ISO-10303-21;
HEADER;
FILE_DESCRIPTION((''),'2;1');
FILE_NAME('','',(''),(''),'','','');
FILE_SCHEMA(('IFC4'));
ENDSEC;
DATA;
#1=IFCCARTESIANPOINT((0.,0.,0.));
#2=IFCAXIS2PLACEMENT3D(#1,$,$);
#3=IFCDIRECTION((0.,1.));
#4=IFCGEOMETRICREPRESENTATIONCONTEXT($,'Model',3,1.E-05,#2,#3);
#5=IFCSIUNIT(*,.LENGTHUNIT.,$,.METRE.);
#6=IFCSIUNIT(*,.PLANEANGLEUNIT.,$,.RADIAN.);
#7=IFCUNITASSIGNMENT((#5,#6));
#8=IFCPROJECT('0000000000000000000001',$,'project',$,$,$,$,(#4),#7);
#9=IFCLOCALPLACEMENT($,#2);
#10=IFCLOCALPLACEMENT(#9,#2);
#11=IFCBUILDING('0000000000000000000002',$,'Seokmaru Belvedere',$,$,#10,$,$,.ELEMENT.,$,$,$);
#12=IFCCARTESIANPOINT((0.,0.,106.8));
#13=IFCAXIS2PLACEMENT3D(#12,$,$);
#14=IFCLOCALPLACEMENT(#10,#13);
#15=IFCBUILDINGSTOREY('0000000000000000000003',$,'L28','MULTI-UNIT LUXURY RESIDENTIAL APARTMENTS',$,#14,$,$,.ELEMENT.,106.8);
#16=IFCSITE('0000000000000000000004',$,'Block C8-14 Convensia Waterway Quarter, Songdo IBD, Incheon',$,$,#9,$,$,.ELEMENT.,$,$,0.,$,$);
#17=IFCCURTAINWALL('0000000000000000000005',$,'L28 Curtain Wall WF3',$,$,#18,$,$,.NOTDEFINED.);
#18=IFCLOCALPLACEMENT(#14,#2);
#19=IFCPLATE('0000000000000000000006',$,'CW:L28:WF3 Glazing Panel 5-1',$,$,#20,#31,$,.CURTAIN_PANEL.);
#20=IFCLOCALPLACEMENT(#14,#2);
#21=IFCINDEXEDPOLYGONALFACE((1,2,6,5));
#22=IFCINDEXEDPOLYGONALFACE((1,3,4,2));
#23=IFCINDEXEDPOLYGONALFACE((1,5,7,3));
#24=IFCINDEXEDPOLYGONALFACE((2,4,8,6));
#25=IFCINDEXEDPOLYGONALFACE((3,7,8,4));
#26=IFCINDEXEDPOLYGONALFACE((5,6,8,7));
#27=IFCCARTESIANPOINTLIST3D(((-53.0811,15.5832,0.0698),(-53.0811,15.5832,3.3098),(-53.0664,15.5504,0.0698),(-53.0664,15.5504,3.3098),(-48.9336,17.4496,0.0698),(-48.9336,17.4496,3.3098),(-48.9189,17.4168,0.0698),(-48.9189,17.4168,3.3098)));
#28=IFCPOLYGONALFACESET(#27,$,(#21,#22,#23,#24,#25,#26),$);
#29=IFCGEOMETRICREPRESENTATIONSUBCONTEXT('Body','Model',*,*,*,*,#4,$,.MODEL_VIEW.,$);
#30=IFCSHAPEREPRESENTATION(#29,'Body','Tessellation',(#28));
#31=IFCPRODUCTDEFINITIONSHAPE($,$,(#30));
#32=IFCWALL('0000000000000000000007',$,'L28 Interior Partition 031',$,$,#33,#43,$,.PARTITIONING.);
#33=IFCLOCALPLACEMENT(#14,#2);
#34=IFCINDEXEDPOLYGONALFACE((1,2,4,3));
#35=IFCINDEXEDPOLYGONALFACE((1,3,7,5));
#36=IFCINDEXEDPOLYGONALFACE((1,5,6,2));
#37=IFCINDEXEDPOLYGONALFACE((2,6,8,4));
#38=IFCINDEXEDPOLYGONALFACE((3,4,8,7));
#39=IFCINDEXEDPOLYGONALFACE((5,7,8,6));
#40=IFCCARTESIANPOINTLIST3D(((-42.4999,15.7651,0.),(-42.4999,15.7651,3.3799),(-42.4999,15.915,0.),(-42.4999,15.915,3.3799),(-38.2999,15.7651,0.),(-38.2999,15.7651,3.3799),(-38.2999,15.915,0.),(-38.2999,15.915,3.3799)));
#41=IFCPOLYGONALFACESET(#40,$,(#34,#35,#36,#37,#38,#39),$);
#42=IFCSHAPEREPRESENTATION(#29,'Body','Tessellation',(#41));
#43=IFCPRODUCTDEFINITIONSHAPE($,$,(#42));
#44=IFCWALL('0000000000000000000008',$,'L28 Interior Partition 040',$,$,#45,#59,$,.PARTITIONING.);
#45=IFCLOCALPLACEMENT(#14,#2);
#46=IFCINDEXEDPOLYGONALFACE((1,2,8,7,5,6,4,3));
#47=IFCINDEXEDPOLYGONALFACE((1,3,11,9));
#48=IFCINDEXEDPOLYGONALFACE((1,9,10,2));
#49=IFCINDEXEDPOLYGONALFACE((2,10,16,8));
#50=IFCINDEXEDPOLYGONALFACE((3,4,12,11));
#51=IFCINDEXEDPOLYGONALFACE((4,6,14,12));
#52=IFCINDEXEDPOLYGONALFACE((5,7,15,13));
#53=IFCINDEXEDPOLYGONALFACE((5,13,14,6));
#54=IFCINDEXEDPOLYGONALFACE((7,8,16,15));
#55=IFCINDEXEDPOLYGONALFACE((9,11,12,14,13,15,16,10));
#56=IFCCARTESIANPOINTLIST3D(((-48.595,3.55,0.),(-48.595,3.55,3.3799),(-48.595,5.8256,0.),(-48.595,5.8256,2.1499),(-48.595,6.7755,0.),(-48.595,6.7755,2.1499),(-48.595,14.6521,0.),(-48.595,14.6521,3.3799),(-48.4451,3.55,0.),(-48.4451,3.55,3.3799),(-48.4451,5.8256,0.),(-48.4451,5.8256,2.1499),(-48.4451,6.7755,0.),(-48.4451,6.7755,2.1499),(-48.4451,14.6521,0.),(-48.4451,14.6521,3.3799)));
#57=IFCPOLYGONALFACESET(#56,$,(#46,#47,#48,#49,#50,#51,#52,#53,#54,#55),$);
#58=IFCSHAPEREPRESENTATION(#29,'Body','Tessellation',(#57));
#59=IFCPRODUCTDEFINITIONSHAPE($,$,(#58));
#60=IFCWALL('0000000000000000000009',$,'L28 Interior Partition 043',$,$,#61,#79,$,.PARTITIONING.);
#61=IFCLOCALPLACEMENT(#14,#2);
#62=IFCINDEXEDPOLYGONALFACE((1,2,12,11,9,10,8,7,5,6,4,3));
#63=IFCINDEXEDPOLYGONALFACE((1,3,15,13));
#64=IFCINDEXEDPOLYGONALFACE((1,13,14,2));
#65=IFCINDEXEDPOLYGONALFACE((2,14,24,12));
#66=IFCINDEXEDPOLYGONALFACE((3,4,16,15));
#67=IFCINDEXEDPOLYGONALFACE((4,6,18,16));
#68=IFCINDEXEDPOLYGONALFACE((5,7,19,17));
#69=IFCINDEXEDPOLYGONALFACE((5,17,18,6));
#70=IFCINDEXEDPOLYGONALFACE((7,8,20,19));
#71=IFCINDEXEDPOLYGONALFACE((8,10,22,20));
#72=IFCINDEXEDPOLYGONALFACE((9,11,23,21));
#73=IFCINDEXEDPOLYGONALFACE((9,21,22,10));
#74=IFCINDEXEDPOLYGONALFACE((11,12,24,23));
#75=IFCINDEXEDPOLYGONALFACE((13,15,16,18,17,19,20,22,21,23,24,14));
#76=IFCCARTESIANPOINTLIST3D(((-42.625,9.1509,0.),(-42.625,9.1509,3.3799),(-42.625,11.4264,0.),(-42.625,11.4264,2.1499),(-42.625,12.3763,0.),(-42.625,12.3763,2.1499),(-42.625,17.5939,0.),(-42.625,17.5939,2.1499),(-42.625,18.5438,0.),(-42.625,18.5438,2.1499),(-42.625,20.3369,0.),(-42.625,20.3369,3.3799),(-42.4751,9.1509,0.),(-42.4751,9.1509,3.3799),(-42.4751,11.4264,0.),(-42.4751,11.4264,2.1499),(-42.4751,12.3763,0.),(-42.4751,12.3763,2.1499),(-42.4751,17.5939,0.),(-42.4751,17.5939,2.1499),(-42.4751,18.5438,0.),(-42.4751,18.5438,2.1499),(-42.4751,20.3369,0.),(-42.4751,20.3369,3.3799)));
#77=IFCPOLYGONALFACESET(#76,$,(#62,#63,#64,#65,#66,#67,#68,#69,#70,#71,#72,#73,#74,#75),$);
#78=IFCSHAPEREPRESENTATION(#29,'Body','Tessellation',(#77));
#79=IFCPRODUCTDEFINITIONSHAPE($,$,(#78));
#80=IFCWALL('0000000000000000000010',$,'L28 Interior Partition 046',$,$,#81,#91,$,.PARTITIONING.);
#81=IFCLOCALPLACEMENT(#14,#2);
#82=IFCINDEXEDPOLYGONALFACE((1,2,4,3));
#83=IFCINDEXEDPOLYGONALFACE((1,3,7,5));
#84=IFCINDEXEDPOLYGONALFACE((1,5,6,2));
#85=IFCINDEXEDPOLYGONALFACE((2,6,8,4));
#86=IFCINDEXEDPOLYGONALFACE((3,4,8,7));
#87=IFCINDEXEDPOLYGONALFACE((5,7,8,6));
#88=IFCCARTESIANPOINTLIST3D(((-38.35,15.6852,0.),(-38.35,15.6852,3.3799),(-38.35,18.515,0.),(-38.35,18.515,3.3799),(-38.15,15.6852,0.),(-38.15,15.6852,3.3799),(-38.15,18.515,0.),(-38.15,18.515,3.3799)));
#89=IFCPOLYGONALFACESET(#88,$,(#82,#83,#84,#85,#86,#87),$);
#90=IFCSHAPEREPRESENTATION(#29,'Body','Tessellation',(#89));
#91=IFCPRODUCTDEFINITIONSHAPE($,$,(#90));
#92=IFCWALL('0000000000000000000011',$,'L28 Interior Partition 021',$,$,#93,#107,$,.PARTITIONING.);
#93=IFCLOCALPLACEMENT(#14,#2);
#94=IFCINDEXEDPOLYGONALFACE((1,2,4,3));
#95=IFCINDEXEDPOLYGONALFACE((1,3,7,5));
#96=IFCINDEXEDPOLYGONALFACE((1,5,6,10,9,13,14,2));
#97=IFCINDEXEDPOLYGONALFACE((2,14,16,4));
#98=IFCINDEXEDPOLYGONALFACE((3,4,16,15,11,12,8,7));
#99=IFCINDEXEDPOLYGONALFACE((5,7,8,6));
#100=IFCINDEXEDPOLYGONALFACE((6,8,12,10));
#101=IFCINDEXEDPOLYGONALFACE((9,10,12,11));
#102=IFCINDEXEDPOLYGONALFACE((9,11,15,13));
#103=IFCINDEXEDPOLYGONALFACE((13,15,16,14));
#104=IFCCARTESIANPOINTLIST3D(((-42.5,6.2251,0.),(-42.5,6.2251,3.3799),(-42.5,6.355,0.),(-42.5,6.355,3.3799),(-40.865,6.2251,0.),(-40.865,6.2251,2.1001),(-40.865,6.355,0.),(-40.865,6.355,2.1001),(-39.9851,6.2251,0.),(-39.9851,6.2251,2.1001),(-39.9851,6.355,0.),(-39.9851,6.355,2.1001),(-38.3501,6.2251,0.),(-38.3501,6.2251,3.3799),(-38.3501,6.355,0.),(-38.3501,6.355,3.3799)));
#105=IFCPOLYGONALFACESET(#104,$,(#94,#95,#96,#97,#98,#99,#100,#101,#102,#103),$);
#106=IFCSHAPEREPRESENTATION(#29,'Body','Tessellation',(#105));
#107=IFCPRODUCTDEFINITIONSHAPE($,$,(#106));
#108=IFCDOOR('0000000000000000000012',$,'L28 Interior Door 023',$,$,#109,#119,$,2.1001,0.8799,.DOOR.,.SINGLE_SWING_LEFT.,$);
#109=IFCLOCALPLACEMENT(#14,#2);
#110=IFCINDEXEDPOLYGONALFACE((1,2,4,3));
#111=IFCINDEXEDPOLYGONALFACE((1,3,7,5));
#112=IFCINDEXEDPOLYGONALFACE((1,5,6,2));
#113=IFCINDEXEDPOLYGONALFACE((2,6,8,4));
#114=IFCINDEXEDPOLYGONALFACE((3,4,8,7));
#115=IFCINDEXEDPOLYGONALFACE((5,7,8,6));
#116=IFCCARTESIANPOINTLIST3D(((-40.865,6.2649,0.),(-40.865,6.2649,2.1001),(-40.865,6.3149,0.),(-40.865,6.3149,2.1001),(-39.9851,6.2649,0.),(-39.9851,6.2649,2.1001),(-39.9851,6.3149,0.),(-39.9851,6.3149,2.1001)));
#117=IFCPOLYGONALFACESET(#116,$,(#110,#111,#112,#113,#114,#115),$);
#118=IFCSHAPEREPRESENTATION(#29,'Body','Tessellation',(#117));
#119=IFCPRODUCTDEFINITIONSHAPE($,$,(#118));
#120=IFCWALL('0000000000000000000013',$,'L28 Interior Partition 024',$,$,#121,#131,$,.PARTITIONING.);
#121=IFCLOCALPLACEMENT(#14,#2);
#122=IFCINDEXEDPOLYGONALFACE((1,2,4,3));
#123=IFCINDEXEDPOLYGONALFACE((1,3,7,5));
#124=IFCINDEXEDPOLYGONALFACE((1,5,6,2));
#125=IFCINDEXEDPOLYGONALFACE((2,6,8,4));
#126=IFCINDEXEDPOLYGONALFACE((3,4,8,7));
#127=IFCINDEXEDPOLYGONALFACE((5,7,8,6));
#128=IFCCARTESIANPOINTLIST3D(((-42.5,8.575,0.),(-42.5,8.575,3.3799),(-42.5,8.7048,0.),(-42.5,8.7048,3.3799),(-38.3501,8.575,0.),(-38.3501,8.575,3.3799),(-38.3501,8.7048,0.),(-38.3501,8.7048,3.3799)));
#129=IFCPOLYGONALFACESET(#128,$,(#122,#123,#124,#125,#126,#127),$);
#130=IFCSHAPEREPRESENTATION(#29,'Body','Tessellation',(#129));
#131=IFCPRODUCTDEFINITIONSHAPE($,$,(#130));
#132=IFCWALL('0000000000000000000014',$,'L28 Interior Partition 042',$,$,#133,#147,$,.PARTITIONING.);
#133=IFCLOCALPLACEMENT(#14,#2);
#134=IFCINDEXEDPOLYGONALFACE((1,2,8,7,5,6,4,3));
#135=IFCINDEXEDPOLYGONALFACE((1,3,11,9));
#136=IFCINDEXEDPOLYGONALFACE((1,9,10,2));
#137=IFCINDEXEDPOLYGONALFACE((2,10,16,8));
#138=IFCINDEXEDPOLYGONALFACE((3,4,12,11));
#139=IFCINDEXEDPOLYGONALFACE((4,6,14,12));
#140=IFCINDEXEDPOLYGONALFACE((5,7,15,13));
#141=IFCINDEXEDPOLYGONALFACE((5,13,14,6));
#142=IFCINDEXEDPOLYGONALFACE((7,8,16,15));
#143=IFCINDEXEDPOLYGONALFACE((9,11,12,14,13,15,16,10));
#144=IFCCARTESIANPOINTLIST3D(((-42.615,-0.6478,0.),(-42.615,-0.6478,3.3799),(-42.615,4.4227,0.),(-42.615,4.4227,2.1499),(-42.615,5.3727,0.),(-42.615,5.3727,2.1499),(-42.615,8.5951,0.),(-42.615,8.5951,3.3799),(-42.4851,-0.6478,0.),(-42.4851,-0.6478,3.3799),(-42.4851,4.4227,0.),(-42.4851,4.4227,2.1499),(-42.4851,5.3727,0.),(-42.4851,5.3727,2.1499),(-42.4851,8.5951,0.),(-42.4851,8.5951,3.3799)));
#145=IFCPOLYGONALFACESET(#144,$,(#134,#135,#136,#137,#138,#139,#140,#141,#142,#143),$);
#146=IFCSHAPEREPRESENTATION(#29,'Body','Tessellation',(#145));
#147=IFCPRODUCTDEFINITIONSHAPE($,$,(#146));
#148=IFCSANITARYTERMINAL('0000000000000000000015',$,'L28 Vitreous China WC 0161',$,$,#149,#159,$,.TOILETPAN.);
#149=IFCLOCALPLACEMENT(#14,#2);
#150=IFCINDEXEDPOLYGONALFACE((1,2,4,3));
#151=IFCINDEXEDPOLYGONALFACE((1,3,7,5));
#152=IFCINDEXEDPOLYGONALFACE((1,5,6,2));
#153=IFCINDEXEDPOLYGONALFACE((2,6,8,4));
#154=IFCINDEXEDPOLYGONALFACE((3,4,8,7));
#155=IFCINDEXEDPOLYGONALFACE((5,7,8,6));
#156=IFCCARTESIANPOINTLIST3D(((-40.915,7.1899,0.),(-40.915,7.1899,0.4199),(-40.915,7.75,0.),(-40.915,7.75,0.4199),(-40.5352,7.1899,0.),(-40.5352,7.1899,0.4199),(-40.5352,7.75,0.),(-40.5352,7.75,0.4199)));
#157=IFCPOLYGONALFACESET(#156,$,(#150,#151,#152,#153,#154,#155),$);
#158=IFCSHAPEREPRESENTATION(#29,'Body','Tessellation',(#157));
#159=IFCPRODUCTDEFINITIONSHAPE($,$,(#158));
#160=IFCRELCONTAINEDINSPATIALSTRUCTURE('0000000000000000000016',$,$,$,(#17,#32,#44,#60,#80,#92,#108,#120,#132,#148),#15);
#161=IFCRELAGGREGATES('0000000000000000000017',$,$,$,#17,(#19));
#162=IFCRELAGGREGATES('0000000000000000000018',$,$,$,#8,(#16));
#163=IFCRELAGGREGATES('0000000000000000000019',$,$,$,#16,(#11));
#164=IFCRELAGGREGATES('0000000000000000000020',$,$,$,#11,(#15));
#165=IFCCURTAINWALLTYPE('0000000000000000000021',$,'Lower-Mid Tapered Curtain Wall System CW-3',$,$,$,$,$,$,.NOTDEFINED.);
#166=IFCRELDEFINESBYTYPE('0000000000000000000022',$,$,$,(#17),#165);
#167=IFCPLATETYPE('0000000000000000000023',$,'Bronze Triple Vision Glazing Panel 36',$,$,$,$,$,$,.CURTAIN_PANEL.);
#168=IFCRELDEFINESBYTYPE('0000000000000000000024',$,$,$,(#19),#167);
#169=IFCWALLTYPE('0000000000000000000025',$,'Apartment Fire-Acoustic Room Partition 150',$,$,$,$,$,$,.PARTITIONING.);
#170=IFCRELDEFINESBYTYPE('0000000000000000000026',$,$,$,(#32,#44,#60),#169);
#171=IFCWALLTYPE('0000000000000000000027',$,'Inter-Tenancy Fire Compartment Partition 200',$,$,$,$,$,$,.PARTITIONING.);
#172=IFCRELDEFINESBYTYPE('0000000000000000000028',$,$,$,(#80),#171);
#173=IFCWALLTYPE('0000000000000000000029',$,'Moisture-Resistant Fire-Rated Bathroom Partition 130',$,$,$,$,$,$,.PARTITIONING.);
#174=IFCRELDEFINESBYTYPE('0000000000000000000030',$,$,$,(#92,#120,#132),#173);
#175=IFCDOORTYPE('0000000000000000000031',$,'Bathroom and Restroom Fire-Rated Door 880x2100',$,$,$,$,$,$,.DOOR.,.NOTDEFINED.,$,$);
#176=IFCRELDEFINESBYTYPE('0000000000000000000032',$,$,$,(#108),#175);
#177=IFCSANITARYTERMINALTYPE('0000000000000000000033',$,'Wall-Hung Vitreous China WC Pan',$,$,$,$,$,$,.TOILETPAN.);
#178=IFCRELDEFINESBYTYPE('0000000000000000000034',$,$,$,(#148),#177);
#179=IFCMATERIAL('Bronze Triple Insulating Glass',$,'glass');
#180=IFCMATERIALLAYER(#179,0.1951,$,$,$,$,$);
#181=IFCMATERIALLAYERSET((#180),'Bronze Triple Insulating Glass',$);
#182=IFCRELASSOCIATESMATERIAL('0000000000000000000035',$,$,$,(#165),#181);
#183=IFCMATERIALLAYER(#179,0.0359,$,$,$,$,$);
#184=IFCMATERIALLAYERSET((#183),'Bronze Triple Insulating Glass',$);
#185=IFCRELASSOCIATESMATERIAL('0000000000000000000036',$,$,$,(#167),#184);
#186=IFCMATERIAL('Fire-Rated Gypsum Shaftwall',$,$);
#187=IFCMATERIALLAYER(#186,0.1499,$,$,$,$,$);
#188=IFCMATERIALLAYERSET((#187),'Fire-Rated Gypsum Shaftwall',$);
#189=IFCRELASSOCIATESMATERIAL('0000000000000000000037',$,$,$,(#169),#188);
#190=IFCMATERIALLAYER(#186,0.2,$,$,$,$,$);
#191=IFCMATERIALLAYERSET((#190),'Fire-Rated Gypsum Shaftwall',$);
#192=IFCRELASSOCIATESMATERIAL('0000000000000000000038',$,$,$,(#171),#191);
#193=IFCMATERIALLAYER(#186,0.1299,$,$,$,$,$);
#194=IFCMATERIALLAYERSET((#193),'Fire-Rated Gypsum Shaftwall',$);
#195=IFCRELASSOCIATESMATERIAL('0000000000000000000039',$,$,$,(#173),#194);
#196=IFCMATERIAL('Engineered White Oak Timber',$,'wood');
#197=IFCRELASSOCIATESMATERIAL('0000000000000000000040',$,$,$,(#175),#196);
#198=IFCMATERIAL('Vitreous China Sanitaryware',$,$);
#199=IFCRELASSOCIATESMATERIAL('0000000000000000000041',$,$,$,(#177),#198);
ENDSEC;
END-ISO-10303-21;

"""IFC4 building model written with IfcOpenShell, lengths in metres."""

from ifc_helpers import new_model, si_unit, direction, frame, frame_2d, origin, origin_2d, place, context, subcontext, project, spatial, rectangle, extrude, source, transform, mapped, material, layer, layer_set, type_object, type_shapes, element, fill, aggregate, save


model = new_model("IFC4")

# Units and contexts
model_context = context("Model", 3, precision=1e-05, world=origin(), true_north=direction((0.0, 1.0)))
body_context = subcontext(model_context, "Body", "Model", "MODEL_VIEW")
ifc_project = project(units=[si_unit("LENGTHUNIT", "METRE"), si_unit("PLANEANGLEUNIT", "RADIAN")], contexts=[model_context])

# Site, building, storey
site_placement = place(None, origin())
site = spatial("IfcSite", under=ifc_project, at=site_placement, Name="Block C8-14 Convensia Waterway Quarter, Songdo IBD, Incheon", CompositionType="ELEMENT", RefElevation=0.0)
building_placement = place(site_placement, origin())
building = spatial("IfcBuilding", under=site, at=building_placement, Name="Seokmaru Belvedere", CompositionType="ELEMENT")
storey_placement = place(building_placement, frame((0.0, 0.0, 106.8)))
storey = spatial("IfcBuildingStorey", under=building, at=storey_placement, Name="L28", Description="MULTI-UNIT LUXURY RESIDENTIAL APARTMENTS", CompositionType="ELEMENT", Elevation=106.8)

# Curtain wall, plate
ifc_material_1 = material(Name="Bronze Triple Insulating Glass", Category="glass")
ifc_layer_1 = layer(ifc_material_1, 0.1951)
ifc_layer_set_1 = layer_set([ifc_layer_1], Name="Bronze Triple Insulating Glass")
curtain_wall_type = type_object("IfcCurtainWallType", Name="Lower-Mid Tapered Curtain Wall System CW-3", PredefinedType="NOTDEFINED", material=ifc_layer_set_1)
curtain_wall_placement = place(storey_placement, origin())
curtain_wall = element("IfcCurtainWall", 1, at=curtain_wall_placement, inside=storey, type_object=curtain_wall_type, Name="L28 Curtain Wall WF3", PredefinedType="NOTDEFINED")
ifc_layer_2 = layer(ifc_material_1, 0.0359)
ifc_layer_set_2 = layer_set([ifc_layer_2], Name="Bronze Triple Insulating Glass")
plate_type = type_object("IfcPlateType", Name="Bronze Triple Vision Glazing Panel 36", PredefinedType="CURTAIN_PANEL", material=ifc_layer_set_2)
shared_shape_1 = source(origin(), body_context, "Body", "SweptSolid", [
    extrude(rectangle(XDim=4.5481, YDim=0.0359, at=origin_2d()), origin(), (0.0, 0.0, 1.0), 3.24),
])
type_shapes(plate_type, [shared_shape_1])
plate_1_placement = place(storey_placement, frame((-51.0, 16.5, 0.0698), z_axis=(0.0, 0.0, 1.0), x_axis=(-0.911921, -0.410366, 0.0)))
plate_1 = element("IfcPlate", 2, at=plate_1_placement, type_object=plate_type, Name="CW:L28:WF3 Glazing Panel 5-1", PredefinedType="CURTAIN_PANEL", context=body_context, shape_type="MappedRepresentation", body=[
    mapped(shared_shape_1, transform((0.0, 0.0, 0.0), scale=1.0)),
])
aggregate(curtain_wall, [plate_1])

# Shared definitions
ifc_material_2 = material(Name="Fire-Rated Gypsum Shaftwall")
ifc_layer_3 = layer(ifc_material_2, 0.1499)
ifc_layer_set_3 = layer_set([ifc_layer_3], Name="Fire-Rated Gypsum Shaftwall")
wall_type_1 = type_object("IfcWallType", Name="Apartment Fire-Acoustic Room Partition 150", PredefinedType="PARTITIONING", material=ifc_layer_set_3)
ifc_material_3 = material(Name="Engineered White Oak Timber", Category="wood")

# Wall
wall_1_placement = place(storey_placement, frame((-42.5, 15.8401, 0.0), z_axis=(0.0, 0.0, 1.0), x_axis=(1.0, 0.0, 0.0)))
element("IfcWall", 3, at=wall_1_placement, inside=storey, type_object=wall_type_1, Name="L28 Interior Partition 031", PredefinedType="PARTITIONING", context=body_context, shape_type="SweptSolid", body=[
    extrude(rectangle(XDim=4.2, YDim=0.1499, at=frame_2d((2.1001, 0.0))), origin(), (0.0, 0.0, 1.0), 3.3799),
])

# Wall, opening
wall_2_placement = place(storey_placement, frame((-48.52, 3.55, 0.0), z_axis=(0.0, 0.0, 1.0), x_axis=(0.0, 1.0, 0.0)))
wall_2 = element("IfcWall", 4, at=wall_2_placement, inside=storey, type_object=wall_type_1, Name="L28 Interior Partition 040", PredefinedType="PARTITIONING", context=body_context, shape_type="SweptSolid", body=[
    extrude(rectangle(XDim=11.1021, YDim=0.1499, at=frame_2d((5.551, 0.0))), origin(), (0.0, 0.0, 1.0), 3.3799),
])
opening_1_placement = place(wall_2_placement, frame((2.2754, 0.0, 0.0)))
element("IfcOpeningElement", 5, at=opening_1_placement, cuts=wall_2, PredefinedType="OPENING", context=body_context, shape_type="SweptSolid", body=[
    extrude(rectangle(XDim=0.95, YDim=2.1499, at=frame_2d((0.4751, 1.075))), frame((0.0, 0.085, 0.0), z_axis=(0.0, -1.0, 0.0), x_axis=(1.0, 0.0, 0.0)), (0.0, 0.0, 1.0), 0.1699),
])

# Wall, openings
wall_3_placement = place(storey_placement, frame((-42.55, 9.1509, 0.0), z_axis=(0.0, 0.0, 1.0), x_axis=(0.0, 1.0, 0.0)))
wall_3 = element("IfcWall", 6, at=wall_3_placement, inside=storey, type_object=wall_type_1, Name="L28 Interior Partition 043", PredefinedType="PARTITIONING", context=body_context, shape_type="SweptSolid", body=[
    extrude(rectangle(XDim=11.186, YDim=0.1499, at=frame_2d((5.593, 0.0))), origin(), (0.0, 0.0, 1.0), 3.3799),
])
opening_2_placement = place(wall_3_placement, frame((2.2754, 0.0, 0.0)))
element("IfcOpeningElement", 7, at=opening_2_placement, cuts=wall_3, PredefinedType="OPENING", context=body_context, shape_type="SweptSolid", body=[
    extrude(rectangle(XDim=0.95, YDim=2.1499, at=frame_2d((0.4751, 1.075))), frame((0.0, 0.085, 0.0), z_axis=(0.0, -1.0, 0.0), x_axis=(1.0, 0.0, 0.0)), (0.0, 0.0, 1.0), 0.1699),
])
opening_3_placement = place(wall_3_placement, frame((8.4429, 0.0, 0.0)))
element("IfcOpeningElement", 8, at=opening_3_placement, cuts=wall_3, PredefinedType="OPENING", context=body_context, shape_type="SweptSolid", body=[
    extrude(rectangle(XDim=0.95, YDim=2.1499, at=frame_2d((0.4751, 1.075))), frame((0.0, 0.085, 0.0), z_axis=(0.0, -1.0, 0.0), x_axis=(1.0, 0.0, 0.0)), (0.0, 0.0, 1.0), 0.1699),
])

# Wall
ifc_layer_4 = layer(ifc_material_2, 0.2)
ifc_layer_set_4 = layer_set([ifc_layer_4], Name="Fire-Rated Gypsum Shaftwall")
wall_type_2 = type_object("IfcWallType", Name="Inter-Tenancy Fire Compartment Partition 200", PredefinedType="PARTITIONING", material=ifc_layer_set_4)
wall_4_placement = place(storey_placement, frame((-38.25, 15.6851, 0.0), z_axis=(0.0, 0.0, 1.0), x_axis=(0.0, 1.0, 0.0)))
element("IfcWall", 9, at=wall_4_placement, inside=storey, type_object=wall_type_2, Name="L28 Interior Partition 046", PredefinedType="PARTITIONING", context=body_context, shape_type="SweptSolid", body=[
    extrude(rectangle(XDim=2.8298, YDim=0.2, at=frame_2d((1.415, 0.0))), origin(), (0.0, 0.0, 1.0), 3.3799),
])

# Wall, opening, door
ifc_layer_5 = layer(ifc_material_2, 0.1299)
ifc_layer_set_5 = layer_set([ifc_layer_5], Name="Fire-Rated Gypsum Shaftwall")
wall_type_3 = type_object("IfcWallType", Name="Moisture-Resistant Fire-Rated Bathroom Partition 130", PredefinedType="PARTITIONING", material=ifc_layer_set_5)
wall_5_placement = place(storey_placement, frame((-42.5, 6.29, 0.0), z_axis=(0.0, 0.0, 1.0), x_axis=(1.0, 0.0, 0.0)))
wall_5 = element("IfcWall", 10, at=wall_5_placement, inside=storey, type_object=wall_type_3, Name="L28 Interior Partition 021", PredefinedType="PARTITIONING", context=body_context, shape_type="SweptSolid", body=[
    extrude(rectangle(XDim=4.1499, YDim=0.1299, at=frame_2d((2.075, 0.0))), origin(), (0.0, 0.0, 1.0), 3.3799),
])
opening_4_placement = place(wall_5_placement, frame((1.635, 0.0, 0.0)))
opening_4 = element("IfcOpeningElement", 11, at=opening_4_placement, cuts=wall_5, PredefinedType="OPENING", context=body_context, shape_type="SweptSolid", body=[
    extrude(rectangle(XDim=0.8799, YDim=2.1001, at=frame_2d((0.4399, 1.05))), frame((0.0, 0.075, 0.0), z_axis=(0.0, -1.0, 0.0), x_axis=(1.0, 0.0, 0.0)), (0.0, 0.0, 1.0), 0.1499),
])
door_type_1 = type_object("IfcDoorType", Name="Bathroom and Restroom Fire-Rated Door 880x2100", OperationType="NOTDEFINED", PredefinedType="DOOR", material=ifc_material_3)
shared_shape_2 = source(origin(), body_context, "Body", "SweptSolid", [
    extrude(rectangle(XDim=0.8799, YDim=2.1001, at=frame_2d((0.4399, 1.05))), frame((0.0, 0.0249, 0.0), z_axis=(0.0, -1.0, 0.0), x_axis=(1.0, 0.0, 0.0)), (0.0, 0.0, 1.0), 0.05),
])
type_shapes(door_type_1, [shared_shape_2])
door_1_placement = place(opening_4_placement, origin())
door_1 = element("IfcDoor", 12, at=door_1_placement, inside=storey, type_object=door_type_1, Name="L28 Interior Door 023", OperationType="SINGLE_SWING_LEFT", OverallHeight=2.1001, OverallWidth=0.8799, PredefinedType="DOOR", context=body_context, shape_type="MappedRepresentation", body=[
    mapped(shared_shape_2, transform((0.0, 0.0, 0.0), scale=1.0)),
])
fill(opening_4, door_1)

# Wall
wall_6_placement = place(storey_placement, frame((-42.5, 8.6399, 0.0), z_axis=(0.0, 0.0, 1.0), x_axis=(1.0, 0.0, 0.0)))
element("IfcWall", 13, at=wall_6_placement, inside=storey, type_object=wall_type_3, Name="L28 Interior Partition 024", PredefinedType="PARTITIONING", context=body_context, shape_type="SweptSolid", body=[
    extrude(rectangle(XDim=4.1499, YDim=0.1299, at=frame_2d((2.075, 0.0))), origin(), (0.0, 0.0, 1.0), 3.3799),
])

# Wall, opening
wall_7_placement = place(storey_placement, frame((-42.55, -0.6479, 0.0), z_axis=(0.0, 0.0, 1.0), x_axis=(0.0, 1.0, 0.0)))
wall_7 = element("IfcWall", 14, at=wall_7_placement, inside=storey, type_object=wall_type_3, Name="L28 Interior Partition 042", PredefinedType="PARTITIONING", context=body_context, shape_type="SweptSolid", body=[
    extrude(rectangle(XDim=9.2429, YDim=0.1299, at=frame_2d((4.6216, 0.0))), origin(), (0.0, 0.0, 1.0), 3.3799),
])
opening_5_placement = place(wall_7_placement, frame((5.0706, 0.0, 0.0)))
element("IfcOpeningElement", 15, at=opening_5_placement, cuts=wall_7, PredefinedType="OPENING", context=body_context, shape_type="SweptSolid", body=[
    extrude(rectangle(XDim=0.95, YDim=2.1499, at=frame_2d((0.4751, 1.075))), frame((0.0, 0.075, 0.0), z_axis=(0.0, -1.0, 0.0), x_axis=(1.0, 0.0, 0.0)), (0.0, 0.0, 1.0), 0.1499),
])

# Sanitary terminal
ifc_material_4 = material(Name="Vitreous China Sanitaryware")
sanitary_terminal_type_1 = type_object("IfcSanitaryTerminalType", Name="Wall-Hung Vitreous China WC Pan", PredefinedType="TOILETPAN", material=ifc_material_4)
shared_shape_3 = source(origin(), body_context, "Body", "SweptSolid", [
    extrude(rectangle(XDim=0.3799, YDim=0.5601, at=origin_2d()), origin(), (0.0, 0.0, 1.0), 0.4199),
])
type_shapes(sanitary_terminal_type_1, [shared_shape_3])
sanitary_terminal_1_placement = place(storey_placement, frame((-40.7251, 7.47, 0.0), z_axis=(0.0, 0.0, 1.0), x_axis=(1.0, 0.0, 0.0)))
element("IfcSanitaryTerminal", 16, at=sanitary_terminal_1_placement, inside=storey, type_object=sanitary_terminal_type_1, Name="L28 Vitreous China WC 0161", PredefinedType="TOILETPAN", context=body_context, shape_type="MappedRepresentation", body=[
    mapped(shared_shape_3, transform((0.0, 0.0, 0.0), scale=1.0)),
])

save(model, "model.ifc")
